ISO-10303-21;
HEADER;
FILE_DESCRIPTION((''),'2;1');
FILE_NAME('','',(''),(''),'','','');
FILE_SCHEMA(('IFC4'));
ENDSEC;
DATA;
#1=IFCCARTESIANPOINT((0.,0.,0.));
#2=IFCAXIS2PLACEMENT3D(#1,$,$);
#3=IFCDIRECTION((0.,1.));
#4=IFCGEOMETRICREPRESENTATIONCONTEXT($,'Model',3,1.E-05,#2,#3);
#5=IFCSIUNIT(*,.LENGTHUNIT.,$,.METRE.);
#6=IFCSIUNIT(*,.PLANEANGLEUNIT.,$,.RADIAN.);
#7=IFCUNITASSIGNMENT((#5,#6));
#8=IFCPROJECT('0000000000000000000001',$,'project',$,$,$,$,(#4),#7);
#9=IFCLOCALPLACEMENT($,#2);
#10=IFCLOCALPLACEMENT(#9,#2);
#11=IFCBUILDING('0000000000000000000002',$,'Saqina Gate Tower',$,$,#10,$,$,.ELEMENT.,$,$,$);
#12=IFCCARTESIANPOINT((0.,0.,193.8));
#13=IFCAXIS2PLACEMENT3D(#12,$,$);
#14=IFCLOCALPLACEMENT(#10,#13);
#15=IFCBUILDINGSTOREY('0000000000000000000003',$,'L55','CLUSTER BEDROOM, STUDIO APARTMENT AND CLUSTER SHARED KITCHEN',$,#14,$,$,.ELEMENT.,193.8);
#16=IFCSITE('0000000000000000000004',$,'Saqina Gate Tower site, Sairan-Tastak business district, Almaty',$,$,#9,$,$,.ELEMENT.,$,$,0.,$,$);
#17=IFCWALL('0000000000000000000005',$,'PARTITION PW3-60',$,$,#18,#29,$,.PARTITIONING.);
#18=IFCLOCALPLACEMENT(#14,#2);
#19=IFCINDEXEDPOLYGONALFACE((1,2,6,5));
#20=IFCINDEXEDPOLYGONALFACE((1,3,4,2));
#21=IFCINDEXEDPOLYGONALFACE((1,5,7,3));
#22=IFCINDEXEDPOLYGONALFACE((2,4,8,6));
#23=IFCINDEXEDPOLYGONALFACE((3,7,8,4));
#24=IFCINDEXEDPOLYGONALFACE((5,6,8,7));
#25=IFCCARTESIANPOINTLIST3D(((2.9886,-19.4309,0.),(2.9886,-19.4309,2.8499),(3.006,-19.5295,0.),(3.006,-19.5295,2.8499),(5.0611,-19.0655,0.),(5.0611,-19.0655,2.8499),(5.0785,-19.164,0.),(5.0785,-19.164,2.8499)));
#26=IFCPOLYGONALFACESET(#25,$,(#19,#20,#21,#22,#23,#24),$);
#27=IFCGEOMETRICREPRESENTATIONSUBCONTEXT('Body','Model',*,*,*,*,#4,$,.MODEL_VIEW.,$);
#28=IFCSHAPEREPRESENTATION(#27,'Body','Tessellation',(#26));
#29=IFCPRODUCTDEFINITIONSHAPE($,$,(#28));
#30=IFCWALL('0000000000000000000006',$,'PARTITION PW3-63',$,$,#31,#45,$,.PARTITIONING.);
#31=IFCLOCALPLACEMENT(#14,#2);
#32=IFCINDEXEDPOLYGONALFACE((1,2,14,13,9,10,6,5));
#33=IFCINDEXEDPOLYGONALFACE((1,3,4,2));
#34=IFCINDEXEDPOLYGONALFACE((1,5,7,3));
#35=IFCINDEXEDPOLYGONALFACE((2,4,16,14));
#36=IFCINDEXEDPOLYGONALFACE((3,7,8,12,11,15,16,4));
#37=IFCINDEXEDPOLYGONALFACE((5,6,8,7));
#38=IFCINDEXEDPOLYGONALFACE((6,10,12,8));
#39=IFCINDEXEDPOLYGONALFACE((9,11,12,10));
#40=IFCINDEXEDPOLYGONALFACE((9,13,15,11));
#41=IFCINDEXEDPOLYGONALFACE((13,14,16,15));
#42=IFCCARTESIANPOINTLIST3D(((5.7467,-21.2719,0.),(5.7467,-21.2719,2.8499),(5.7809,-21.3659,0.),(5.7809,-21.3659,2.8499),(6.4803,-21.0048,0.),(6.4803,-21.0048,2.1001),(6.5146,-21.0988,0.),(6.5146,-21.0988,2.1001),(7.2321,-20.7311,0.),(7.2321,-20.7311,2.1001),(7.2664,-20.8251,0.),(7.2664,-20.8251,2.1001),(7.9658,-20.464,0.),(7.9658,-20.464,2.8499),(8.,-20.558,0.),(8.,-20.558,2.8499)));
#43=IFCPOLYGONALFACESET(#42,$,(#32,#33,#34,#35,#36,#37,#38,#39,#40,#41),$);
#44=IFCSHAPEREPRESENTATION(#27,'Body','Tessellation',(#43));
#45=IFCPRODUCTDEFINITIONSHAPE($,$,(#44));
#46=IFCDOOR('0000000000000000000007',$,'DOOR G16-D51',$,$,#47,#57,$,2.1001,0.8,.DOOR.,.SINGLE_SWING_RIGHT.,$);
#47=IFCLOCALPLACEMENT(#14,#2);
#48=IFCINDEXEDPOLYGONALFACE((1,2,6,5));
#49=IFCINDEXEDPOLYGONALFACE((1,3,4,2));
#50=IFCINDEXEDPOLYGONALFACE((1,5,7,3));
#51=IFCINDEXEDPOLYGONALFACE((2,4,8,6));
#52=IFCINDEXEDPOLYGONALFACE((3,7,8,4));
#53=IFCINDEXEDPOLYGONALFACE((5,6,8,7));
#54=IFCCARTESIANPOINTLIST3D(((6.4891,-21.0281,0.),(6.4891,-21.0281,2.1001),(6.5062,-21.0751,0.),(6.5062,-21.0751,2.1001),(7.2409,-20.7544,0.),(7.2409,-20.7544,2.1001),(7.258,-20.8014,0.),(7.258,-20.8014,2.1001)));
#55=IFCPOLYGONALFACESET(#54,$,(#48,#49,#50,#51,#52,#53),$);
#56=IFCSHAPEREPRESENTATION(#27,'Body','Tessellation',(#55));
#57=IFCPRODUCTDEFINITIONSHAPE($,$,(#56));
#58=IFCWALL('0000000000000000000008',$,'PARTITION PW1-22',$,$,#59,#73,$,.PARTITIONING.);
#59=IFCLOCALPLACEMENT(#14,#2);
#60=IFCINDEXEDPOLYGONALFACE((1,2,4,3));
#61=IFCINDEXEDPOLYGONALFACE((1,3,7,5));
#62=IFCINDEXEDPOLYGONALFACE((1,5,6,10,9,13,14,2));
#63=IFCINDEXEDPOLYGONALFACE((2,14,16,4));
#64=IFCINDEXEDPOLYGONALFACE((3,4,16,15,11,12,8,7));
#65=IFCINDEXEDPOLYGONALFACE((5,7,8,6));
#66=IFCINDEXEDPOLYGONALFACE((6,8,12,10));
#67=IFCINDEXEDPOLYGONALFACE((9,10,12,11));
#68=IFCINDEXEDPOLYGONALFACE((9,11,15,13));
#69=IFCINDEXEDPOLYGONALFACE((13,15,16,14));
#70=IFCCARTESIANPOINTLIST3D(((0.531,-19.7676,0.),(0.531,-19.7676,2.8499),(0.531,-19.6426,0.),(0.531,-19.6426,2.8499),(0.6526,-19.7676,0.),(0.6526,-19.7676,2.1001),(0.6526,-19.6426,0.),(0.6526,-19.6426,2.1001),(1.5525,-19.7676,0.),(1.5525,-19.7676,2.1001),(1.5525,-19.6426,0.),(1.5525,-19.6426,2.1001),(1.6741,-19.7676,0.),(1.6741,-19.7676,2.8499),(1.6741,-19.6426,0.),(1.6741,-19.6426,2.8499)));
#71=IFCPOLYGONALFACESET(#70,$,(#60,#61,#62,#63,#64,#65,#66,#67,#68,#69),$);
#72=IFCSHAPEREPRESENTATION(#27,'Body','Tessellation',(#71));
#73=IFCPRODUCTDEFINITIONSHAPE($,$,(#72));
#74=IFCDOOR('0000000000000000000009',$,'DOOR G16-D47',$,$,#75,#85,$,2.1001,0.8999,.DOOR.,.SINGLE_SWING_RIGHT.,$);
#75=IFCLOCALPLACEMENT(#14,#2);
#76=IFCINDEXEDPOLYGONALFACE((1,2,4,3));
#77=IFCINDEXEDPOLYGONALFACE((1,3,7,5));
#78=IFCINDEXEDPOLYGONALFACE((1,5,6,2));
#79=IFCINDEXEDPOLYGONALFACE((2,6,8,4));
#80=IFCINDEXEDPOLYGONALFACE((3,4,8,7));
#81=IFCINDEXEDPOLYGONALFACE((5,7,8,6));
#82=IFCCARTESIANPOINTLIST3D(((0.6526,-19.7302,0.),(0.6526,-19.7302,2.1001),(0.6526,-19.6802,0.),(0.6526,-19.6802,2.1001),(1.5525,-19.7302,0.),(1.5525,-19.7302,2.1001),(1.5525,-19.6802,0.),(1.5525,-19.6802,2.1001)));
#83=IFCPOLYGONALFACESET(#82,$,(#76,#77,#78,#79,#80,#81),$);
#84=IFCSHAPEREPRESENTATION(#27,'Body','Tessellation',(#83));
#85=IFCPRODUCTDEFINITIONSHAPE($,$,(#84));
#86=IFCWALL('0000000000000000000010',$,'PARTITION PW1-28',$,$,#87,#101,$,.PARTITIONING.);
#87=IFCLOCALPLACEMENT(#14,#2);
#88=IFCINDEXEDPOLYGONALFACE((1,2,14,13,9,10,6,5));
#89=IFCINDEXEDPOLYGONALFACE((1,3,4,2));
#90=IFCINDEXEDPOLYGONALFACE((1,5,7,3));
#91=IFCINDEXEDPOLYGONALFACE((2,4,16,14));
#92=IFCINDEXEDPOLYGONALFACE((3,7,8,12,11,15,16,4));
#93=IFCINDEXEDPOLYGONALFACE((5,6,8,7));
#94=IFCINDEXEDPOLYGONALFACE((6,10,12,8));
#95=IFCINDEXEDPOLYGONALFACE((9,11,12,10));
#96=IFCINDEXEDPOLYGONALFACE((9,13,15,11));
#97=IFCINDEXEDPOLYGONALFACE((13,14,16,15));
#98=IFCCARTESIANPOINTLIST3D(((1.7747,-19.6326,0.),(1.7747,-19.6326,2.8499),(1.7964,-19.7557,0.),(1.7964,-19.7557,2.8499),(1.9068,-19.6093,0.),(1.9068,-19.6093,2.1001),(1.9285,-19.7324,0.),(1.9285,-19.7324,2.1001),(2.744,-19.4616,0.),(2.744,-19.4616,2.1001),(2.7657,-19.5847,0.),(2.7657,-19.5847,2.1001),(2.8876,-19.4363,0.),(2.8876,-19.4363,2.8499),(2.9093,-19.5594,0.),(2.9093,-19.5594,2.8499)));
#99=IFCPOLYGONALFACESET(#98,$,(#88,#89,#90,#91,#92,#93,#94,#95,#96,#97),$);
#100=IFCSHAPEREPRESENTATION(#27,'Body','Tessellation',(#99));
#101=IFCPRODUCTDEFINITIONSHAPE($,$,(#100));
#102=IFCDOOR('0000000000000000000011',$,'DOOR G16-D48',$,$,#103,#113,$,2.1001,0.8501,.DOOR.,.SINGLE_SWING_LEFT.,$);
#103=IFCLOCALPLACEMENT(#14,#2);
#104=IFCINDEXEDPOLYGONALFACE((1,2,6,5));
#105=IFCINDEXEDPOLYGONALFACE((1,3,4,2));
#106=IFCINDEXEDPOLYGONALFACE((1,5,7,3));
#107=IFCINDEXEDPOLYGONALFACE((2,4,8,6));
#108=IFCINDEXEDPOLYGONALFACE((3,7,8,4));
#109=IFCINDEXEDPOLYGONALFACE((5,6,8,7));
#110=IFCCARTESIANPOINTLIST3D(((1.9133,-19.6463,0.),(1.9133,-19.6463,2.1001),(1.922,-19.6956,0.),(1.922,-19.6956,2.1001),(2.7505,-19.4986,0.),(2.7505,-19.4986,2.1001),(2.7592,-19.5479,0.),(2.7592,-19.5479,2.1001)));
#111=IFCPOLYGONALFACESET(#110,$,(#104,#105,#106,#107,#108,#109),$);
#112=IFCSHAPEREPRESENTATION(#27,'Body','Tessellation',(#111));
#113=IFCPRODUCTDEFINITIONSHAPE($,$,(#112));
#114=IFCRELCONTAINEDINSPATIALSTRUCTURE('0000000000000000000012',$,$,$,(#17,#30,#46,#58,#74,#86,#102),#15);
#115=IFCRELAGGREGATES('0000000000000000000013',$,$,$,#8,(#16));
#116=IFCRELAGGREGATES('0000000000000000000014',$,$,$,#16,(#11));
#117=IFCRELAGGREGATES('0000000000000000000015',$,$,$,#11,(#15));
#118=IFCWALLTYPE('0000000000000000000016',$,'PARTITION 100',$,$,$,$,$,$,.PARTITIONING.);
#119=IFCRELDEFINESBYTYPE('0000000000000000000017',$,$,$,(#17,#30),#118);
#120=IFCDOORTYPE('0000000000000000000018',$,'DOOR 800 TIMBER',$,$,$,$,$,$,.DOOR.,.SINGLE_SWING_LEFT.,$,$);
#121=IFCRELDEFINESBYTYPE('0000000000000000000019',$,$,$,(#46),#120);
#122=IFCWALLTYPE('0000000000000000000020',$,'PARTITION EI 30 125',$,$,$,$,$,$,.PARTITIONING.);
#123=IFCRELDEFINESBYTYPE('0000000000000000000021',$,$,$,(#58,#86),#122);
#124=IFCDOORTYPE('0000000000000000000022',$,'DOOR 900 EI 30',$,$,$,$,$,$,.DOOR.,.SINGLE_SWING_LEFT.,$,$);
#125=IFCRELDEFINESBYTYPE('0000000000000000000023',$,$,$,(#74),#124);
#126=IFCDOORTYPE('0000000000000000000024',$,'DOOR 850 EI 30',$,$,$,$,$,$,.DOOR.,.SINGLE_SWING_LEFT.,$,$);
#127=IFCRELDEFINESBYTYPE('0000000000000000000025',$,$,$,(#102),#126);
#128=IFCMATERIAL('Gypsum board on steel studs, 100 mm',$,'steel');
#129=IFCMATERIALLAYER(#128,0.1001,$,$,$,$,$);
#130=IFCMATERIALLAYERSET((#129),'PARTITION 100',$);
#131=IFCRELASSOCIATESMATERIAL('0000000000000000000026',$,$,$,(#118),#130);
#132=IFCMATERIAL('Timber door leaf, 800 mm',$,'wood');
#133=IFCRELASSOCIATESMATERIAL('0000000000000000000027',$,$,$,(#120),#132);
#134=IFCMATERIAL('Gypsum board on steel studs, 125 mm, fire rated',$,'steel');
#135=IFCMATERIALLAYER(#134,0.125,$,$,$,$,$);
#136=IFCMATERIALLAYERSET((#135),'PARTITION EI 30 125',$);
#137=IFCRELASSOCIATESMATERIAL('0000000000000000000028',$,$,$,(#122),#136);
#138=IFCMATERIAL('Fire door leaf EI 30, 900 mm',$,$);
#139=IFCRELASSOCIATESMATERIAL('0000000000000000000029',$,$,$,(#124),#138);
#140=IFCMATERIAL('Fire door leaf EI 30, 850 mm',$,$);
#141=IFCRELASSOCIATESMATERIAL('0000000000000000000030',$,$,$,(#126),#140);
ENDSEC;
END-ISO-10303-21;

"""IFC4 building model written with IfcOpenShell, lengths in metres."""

from ifc_helpers import new_model, si_unit, direction, frame, frame_2d, origin, place, context, subcontext, project, spatial, rectangle, extrude, material, layer, layer_set, type_object, element, fill, save


model = new_model("IFC4")

# Units and contexts
model_context = context("Model", 3, precision=1e-05, world=origin(), true_north=direction((0.0, 1.0)))
body_context = subcontext(model_context, "Body", "Model", "MODEL_VIEW")
ifc_project = project(units=[si_unit("LENGTHUNIT", "METRE"), si_unit("PLANEANGLEUNIT", "RADIAN")], contexts=[model_context])

# Site, building, storey
site_placement = place(None, origin())
site = spatial("IfcSite", under=ifc_project, at=site_placement, Name="Saqina Gate Tower site, Sairan-Tastak business district, Almaty", CompositionType="ELEMENT", RefElevation=0.0)
building_placement = place(site_placement, origin())
building = spatial("IfcBuilding", under=site, at=building_placement, Name="Saqina Gate Tower", CompositionType="ELEMENT")
storey_placement = place(building_placement, frame((0.0, 0.0, 193.8)))
storey = spatial("IfcBuildingStorey", under=building, at=storey_placement, Name="L55", Description="CLUSTER BEDROOM, STUDIO APARTMENT AND CLUSTER SHARED KITCHEN", CompositionType="ELEMENT", Elevation=193.8)

# Shared definitions
ifc_material_1 = material(Name="Gypsum board on steel studs, 100 mm", Category="steel")
ifc_layer_1 = layer(ifc_material_1, 0.1001)
ifc_layer_set_1 = layer_set([ifc_layer_1], Name="PARTITION 100")
wall_type_1 = type_object("IfcWallType", Name="PARTITION 100", PredefinedType="PARTITIONING", material=ifc_layer_set_1)

# Shared definitions
ifc_material_2 = material(Name="Timber door leaf, 800 mm", Category="wood")
door_type_1 = type_object("IfcDoorType", Name="DOOR 800 TIMBER", OperationType="SINGLE_SWING_LEFT", PredefinedType="DOOR", material=ifc_material_2)

# Wall
wall_1_placement = place(storey_placement, frame((2.9973, -19.4802, 0.0), z_axis=(0.0, 0.0, 1.0), x_axis=(0.984805, 0.173666, 0.0)))
element("IfcWall", 1, at=wall_1_placement, inside=storey, type_object=wall_type_1, Name="PARTITION PW3-60", PredefinedType="PARTITIONING", context=body_context, shape_type="SweptSolid", body=[
    extrude(rectangle(XDim=2.1045, YDim=0.1001, at=frame_2d((1.0522, 0.0))), origin(), (0.0, 0.0, 1.0), 2.8499),
])

# Walls, openings, doors
wall_2_placement = place(storey_placement, frame((5.7639, -21.3188, 0.0), z_axis=(0.0, 0.0, 1.0), x_axis=(0.939664, 0.3421, 0.0)))
wall_2 = element("IfcWall", 2, at=wall_2_placement, inside=storey, type_object=wall_type_1, Name="PARTITION PW3-63", PredefinedType="PARTITIONING", context=body_context, shape_type="SweptSolid", body=[
    extrude(rectangle(XDim=2.3616, YDim=0.1001, at=frame_2d((1.1807, 0.0))), origin(), (0.0, 0.0, 1.0), 2.8499),
])
opening_1_placement = place(wall_2_placement, frame((0.7808, 0.0, 0.0)))
opening_1 = element("IfcOpeningElement", 3, at=opening_1_placement, cuts=wall_2, PredefinedType="OPENING", context=body_context, shape_type="SweptSolid", body=[
    extrude(rectangle(XDim=0.8, YDim=2.1001, at=frame_2d((0.3999, 1.05))), frame((0.0, 0.062, 0.0), z_axis=(0.0, -1.0, 0.0), x_axis=(1.0, 0.0, 0.0)), (0.0, 0.0, 1.0), 0.124),
])
door_1_placement = place(opening_1_placement, frame((0.8, 0.0, 0.0), z_axis=(0.0, 0.0, 1.0), x_axis=(-1.0, 0.0, 0.0)))
door_1 = element("IfcDoor", 4, at=door_1_placement, inside=storey, type_object=door_type_1, Name="DOOR G16-D51", OperationType="SINGLE_SWING_RIGHT", OverallHeight=2.1001, OverallWidth=0.8, PredefinedType="DOOR", context=body_context, shape_type="SweptSolid", body=[
    extrude(rectangle(XDim=0.8, YDim=2.1001, at=frame_2d((0.3999, 1.05))), frame((0.0, 0.0249, 0.0), z_axis=(0.0, -1.0, 0.0), x_axis=(1.0, 0.0, 0.0)), (0.0, 0.0, 1.0), 0.05),
])
fill(opening_1, door_1)
ifc_material_3 = material(Name="Gypsum board on steel studs, 125 mm, fire rated", Category="steel")
ifc_layer_2 = layer(ifc_material_3, 0.125)
ifc_layer_set_2 = layer_set([ifc_layer_2], Name="PARTITION EI 30 125")
wall_type_2 = type_object("IfcWallType", Name="PARTITION EI 30 125", PredefinedType="PARTITIONING", material=ifc_layer_set_2)
wall_3_placement = place(storey_placement, frame((0.531, -19.7051, 0.0), z_axis=(0.0, 0.0, 1.0), x_axis=(1.0, 0.0, 0.0)))
wall_3 = element("IfcWall", 5, at=wall_3_placement, inside=storey, type_object=wall_type_2, Name="PARTITION PW1-22", PredefinedType="PARTITIONING", context=body_context, shape_type="SweptSolid", body=[
    extrude(rectangle(XDim=1.1431, YDim=0.125, at=frame_2d((0.5715, 0.0))), origin(), (0.0, 0.0, 1.0), 2.8499),
])
opening_2_placement = place(wall_3_placement, frame((0.1216, 0.0, 0.0)))
opening_2 = element("IfcOpeningElement", 6, at=opening_2_placement, cuts=wall_3, PredefinedType="OPENING", context=body_context, shape_type="SweptSolid", body=[
    extrude(rectangle(XDim=0.8999, YDim=2.1001, at=frame_2d((0.45, 1.05))), frame((0.0, 0.0745, 0.0), z_axis=(0.0, -1.0, 0.0), x_axis=(1.0, 0.0, 0.0)), (0.0, 0.0, 1.0), 0.1489),
])
ifc_material_4 = material(Name="Fire door leaf EI 30, 900 mm")
door_type_2 = type_object("IfcDoorType", Name="DOOR 900 EI 30", OperationType="SINGLE_SWING_LEFT", PredefinedType="DOOR", material=ifc_material_4)
door_2_placement = place(opening_2_placement, origin())
door_2 = element("IfcDoor", 7, at=door_2_placement, inside=storey, type_object=door_type_2, Name="DOOR G16-D47", OperationType="SINGLE_SWING_RIGHT", OverallHeight=2.1001, OverallWidth=0.8999, PredefinedType="DOOR", context=body_context, shape_type="SweptSolid", body=[
    extrude(rectangle(XDim=0.8999, YDim=2.1001, at=frame_2d((0.45, 1.05))), frame((0.0, 0.0249, 0.0), z_axis=(0.0, -1.0, 0.0), x_axis=(1.0, 0.0, 0.0)), (0.0, 0.0, 1.0), 0.05),
])
fill(opening_2, door_2)
wall_4_placement = place(storey_placement, frame((1.7856, -19.6941, 0.0), z_axis=(0.0, 0.0, 1.0), x_axis=(0.984803, 0.173674, 0.0)))
wall_4 = element("IfcWall", 8, at=wall_4_placement, inside=storey, type_object=wall_type_2, Name="PARTITION PW1-28", PredefinedType="PARTITIONING", context=body_context, shape_type="SweptSolid", body=[
    extrude(rectangle(XDim=1.1301, YDim=0.125, at=frame_2d((0.5649, 0.0))), origin(), (0.0, 0.0, 1.0), 2.8499),
])
opening_3_placement = place(wall_4_placement, frame((0.134, 0.0, 0.0)))
opening_3 = element("IfcOpeningElement", 9, at=opening_3_placement, cuts=wall_4, PredefinedType="OPENING", context=body_context, shape_type="SweptSolid", body=[
    extrude(rectangle(XDim=0.8501, YDim=2.1001, at=frame_2d((0.425, 1.05))), frame((0.0, 0.0745, 0.0), z_axis=(0.0, -1.0, 0.0), x_axis=(1.0, 0.0, 0.0)), (0.0, 0.0, 1.0), 0.1489),
])
ifc_material_5 = material(Name="Fire door leaf EI 30, 850 mm")
door_type_3 = type_object("IfcDoorType", Name="DOOR 850 EI 30", OperationType="SINGLE_SWING_LEFT", PredefinedType="DOOR", material=ifc_material_5)
door_3_placement = place(opening_3_placement, origin())
door_3 = element("IfcDoor", 10, at=door_3_placement, inside=storey, type_object=door_type_3, Name="DOOR G16-D48", OperationType="SINGLE_SWING_LEFT", OverallHeight=2.1001, OverallWidth=0.8501, PredefinedType="DOOR", context=body_context, shape_type="SweptSolid", body=[
    extrude(rectangle(XDim=0.8501, YDim=2.1001, at=frame_2d((0.425, 1.05))), frame((0.0, 0.0249, 0.0), z_axis=(0.0, -1.0, 0.0), x_axis=(1.0, 0.0, 0.0)), (0.0, 0.0, 1.0), 0.05),
])
fill(opening_3, door_3)

save(model, "model.ifc")
